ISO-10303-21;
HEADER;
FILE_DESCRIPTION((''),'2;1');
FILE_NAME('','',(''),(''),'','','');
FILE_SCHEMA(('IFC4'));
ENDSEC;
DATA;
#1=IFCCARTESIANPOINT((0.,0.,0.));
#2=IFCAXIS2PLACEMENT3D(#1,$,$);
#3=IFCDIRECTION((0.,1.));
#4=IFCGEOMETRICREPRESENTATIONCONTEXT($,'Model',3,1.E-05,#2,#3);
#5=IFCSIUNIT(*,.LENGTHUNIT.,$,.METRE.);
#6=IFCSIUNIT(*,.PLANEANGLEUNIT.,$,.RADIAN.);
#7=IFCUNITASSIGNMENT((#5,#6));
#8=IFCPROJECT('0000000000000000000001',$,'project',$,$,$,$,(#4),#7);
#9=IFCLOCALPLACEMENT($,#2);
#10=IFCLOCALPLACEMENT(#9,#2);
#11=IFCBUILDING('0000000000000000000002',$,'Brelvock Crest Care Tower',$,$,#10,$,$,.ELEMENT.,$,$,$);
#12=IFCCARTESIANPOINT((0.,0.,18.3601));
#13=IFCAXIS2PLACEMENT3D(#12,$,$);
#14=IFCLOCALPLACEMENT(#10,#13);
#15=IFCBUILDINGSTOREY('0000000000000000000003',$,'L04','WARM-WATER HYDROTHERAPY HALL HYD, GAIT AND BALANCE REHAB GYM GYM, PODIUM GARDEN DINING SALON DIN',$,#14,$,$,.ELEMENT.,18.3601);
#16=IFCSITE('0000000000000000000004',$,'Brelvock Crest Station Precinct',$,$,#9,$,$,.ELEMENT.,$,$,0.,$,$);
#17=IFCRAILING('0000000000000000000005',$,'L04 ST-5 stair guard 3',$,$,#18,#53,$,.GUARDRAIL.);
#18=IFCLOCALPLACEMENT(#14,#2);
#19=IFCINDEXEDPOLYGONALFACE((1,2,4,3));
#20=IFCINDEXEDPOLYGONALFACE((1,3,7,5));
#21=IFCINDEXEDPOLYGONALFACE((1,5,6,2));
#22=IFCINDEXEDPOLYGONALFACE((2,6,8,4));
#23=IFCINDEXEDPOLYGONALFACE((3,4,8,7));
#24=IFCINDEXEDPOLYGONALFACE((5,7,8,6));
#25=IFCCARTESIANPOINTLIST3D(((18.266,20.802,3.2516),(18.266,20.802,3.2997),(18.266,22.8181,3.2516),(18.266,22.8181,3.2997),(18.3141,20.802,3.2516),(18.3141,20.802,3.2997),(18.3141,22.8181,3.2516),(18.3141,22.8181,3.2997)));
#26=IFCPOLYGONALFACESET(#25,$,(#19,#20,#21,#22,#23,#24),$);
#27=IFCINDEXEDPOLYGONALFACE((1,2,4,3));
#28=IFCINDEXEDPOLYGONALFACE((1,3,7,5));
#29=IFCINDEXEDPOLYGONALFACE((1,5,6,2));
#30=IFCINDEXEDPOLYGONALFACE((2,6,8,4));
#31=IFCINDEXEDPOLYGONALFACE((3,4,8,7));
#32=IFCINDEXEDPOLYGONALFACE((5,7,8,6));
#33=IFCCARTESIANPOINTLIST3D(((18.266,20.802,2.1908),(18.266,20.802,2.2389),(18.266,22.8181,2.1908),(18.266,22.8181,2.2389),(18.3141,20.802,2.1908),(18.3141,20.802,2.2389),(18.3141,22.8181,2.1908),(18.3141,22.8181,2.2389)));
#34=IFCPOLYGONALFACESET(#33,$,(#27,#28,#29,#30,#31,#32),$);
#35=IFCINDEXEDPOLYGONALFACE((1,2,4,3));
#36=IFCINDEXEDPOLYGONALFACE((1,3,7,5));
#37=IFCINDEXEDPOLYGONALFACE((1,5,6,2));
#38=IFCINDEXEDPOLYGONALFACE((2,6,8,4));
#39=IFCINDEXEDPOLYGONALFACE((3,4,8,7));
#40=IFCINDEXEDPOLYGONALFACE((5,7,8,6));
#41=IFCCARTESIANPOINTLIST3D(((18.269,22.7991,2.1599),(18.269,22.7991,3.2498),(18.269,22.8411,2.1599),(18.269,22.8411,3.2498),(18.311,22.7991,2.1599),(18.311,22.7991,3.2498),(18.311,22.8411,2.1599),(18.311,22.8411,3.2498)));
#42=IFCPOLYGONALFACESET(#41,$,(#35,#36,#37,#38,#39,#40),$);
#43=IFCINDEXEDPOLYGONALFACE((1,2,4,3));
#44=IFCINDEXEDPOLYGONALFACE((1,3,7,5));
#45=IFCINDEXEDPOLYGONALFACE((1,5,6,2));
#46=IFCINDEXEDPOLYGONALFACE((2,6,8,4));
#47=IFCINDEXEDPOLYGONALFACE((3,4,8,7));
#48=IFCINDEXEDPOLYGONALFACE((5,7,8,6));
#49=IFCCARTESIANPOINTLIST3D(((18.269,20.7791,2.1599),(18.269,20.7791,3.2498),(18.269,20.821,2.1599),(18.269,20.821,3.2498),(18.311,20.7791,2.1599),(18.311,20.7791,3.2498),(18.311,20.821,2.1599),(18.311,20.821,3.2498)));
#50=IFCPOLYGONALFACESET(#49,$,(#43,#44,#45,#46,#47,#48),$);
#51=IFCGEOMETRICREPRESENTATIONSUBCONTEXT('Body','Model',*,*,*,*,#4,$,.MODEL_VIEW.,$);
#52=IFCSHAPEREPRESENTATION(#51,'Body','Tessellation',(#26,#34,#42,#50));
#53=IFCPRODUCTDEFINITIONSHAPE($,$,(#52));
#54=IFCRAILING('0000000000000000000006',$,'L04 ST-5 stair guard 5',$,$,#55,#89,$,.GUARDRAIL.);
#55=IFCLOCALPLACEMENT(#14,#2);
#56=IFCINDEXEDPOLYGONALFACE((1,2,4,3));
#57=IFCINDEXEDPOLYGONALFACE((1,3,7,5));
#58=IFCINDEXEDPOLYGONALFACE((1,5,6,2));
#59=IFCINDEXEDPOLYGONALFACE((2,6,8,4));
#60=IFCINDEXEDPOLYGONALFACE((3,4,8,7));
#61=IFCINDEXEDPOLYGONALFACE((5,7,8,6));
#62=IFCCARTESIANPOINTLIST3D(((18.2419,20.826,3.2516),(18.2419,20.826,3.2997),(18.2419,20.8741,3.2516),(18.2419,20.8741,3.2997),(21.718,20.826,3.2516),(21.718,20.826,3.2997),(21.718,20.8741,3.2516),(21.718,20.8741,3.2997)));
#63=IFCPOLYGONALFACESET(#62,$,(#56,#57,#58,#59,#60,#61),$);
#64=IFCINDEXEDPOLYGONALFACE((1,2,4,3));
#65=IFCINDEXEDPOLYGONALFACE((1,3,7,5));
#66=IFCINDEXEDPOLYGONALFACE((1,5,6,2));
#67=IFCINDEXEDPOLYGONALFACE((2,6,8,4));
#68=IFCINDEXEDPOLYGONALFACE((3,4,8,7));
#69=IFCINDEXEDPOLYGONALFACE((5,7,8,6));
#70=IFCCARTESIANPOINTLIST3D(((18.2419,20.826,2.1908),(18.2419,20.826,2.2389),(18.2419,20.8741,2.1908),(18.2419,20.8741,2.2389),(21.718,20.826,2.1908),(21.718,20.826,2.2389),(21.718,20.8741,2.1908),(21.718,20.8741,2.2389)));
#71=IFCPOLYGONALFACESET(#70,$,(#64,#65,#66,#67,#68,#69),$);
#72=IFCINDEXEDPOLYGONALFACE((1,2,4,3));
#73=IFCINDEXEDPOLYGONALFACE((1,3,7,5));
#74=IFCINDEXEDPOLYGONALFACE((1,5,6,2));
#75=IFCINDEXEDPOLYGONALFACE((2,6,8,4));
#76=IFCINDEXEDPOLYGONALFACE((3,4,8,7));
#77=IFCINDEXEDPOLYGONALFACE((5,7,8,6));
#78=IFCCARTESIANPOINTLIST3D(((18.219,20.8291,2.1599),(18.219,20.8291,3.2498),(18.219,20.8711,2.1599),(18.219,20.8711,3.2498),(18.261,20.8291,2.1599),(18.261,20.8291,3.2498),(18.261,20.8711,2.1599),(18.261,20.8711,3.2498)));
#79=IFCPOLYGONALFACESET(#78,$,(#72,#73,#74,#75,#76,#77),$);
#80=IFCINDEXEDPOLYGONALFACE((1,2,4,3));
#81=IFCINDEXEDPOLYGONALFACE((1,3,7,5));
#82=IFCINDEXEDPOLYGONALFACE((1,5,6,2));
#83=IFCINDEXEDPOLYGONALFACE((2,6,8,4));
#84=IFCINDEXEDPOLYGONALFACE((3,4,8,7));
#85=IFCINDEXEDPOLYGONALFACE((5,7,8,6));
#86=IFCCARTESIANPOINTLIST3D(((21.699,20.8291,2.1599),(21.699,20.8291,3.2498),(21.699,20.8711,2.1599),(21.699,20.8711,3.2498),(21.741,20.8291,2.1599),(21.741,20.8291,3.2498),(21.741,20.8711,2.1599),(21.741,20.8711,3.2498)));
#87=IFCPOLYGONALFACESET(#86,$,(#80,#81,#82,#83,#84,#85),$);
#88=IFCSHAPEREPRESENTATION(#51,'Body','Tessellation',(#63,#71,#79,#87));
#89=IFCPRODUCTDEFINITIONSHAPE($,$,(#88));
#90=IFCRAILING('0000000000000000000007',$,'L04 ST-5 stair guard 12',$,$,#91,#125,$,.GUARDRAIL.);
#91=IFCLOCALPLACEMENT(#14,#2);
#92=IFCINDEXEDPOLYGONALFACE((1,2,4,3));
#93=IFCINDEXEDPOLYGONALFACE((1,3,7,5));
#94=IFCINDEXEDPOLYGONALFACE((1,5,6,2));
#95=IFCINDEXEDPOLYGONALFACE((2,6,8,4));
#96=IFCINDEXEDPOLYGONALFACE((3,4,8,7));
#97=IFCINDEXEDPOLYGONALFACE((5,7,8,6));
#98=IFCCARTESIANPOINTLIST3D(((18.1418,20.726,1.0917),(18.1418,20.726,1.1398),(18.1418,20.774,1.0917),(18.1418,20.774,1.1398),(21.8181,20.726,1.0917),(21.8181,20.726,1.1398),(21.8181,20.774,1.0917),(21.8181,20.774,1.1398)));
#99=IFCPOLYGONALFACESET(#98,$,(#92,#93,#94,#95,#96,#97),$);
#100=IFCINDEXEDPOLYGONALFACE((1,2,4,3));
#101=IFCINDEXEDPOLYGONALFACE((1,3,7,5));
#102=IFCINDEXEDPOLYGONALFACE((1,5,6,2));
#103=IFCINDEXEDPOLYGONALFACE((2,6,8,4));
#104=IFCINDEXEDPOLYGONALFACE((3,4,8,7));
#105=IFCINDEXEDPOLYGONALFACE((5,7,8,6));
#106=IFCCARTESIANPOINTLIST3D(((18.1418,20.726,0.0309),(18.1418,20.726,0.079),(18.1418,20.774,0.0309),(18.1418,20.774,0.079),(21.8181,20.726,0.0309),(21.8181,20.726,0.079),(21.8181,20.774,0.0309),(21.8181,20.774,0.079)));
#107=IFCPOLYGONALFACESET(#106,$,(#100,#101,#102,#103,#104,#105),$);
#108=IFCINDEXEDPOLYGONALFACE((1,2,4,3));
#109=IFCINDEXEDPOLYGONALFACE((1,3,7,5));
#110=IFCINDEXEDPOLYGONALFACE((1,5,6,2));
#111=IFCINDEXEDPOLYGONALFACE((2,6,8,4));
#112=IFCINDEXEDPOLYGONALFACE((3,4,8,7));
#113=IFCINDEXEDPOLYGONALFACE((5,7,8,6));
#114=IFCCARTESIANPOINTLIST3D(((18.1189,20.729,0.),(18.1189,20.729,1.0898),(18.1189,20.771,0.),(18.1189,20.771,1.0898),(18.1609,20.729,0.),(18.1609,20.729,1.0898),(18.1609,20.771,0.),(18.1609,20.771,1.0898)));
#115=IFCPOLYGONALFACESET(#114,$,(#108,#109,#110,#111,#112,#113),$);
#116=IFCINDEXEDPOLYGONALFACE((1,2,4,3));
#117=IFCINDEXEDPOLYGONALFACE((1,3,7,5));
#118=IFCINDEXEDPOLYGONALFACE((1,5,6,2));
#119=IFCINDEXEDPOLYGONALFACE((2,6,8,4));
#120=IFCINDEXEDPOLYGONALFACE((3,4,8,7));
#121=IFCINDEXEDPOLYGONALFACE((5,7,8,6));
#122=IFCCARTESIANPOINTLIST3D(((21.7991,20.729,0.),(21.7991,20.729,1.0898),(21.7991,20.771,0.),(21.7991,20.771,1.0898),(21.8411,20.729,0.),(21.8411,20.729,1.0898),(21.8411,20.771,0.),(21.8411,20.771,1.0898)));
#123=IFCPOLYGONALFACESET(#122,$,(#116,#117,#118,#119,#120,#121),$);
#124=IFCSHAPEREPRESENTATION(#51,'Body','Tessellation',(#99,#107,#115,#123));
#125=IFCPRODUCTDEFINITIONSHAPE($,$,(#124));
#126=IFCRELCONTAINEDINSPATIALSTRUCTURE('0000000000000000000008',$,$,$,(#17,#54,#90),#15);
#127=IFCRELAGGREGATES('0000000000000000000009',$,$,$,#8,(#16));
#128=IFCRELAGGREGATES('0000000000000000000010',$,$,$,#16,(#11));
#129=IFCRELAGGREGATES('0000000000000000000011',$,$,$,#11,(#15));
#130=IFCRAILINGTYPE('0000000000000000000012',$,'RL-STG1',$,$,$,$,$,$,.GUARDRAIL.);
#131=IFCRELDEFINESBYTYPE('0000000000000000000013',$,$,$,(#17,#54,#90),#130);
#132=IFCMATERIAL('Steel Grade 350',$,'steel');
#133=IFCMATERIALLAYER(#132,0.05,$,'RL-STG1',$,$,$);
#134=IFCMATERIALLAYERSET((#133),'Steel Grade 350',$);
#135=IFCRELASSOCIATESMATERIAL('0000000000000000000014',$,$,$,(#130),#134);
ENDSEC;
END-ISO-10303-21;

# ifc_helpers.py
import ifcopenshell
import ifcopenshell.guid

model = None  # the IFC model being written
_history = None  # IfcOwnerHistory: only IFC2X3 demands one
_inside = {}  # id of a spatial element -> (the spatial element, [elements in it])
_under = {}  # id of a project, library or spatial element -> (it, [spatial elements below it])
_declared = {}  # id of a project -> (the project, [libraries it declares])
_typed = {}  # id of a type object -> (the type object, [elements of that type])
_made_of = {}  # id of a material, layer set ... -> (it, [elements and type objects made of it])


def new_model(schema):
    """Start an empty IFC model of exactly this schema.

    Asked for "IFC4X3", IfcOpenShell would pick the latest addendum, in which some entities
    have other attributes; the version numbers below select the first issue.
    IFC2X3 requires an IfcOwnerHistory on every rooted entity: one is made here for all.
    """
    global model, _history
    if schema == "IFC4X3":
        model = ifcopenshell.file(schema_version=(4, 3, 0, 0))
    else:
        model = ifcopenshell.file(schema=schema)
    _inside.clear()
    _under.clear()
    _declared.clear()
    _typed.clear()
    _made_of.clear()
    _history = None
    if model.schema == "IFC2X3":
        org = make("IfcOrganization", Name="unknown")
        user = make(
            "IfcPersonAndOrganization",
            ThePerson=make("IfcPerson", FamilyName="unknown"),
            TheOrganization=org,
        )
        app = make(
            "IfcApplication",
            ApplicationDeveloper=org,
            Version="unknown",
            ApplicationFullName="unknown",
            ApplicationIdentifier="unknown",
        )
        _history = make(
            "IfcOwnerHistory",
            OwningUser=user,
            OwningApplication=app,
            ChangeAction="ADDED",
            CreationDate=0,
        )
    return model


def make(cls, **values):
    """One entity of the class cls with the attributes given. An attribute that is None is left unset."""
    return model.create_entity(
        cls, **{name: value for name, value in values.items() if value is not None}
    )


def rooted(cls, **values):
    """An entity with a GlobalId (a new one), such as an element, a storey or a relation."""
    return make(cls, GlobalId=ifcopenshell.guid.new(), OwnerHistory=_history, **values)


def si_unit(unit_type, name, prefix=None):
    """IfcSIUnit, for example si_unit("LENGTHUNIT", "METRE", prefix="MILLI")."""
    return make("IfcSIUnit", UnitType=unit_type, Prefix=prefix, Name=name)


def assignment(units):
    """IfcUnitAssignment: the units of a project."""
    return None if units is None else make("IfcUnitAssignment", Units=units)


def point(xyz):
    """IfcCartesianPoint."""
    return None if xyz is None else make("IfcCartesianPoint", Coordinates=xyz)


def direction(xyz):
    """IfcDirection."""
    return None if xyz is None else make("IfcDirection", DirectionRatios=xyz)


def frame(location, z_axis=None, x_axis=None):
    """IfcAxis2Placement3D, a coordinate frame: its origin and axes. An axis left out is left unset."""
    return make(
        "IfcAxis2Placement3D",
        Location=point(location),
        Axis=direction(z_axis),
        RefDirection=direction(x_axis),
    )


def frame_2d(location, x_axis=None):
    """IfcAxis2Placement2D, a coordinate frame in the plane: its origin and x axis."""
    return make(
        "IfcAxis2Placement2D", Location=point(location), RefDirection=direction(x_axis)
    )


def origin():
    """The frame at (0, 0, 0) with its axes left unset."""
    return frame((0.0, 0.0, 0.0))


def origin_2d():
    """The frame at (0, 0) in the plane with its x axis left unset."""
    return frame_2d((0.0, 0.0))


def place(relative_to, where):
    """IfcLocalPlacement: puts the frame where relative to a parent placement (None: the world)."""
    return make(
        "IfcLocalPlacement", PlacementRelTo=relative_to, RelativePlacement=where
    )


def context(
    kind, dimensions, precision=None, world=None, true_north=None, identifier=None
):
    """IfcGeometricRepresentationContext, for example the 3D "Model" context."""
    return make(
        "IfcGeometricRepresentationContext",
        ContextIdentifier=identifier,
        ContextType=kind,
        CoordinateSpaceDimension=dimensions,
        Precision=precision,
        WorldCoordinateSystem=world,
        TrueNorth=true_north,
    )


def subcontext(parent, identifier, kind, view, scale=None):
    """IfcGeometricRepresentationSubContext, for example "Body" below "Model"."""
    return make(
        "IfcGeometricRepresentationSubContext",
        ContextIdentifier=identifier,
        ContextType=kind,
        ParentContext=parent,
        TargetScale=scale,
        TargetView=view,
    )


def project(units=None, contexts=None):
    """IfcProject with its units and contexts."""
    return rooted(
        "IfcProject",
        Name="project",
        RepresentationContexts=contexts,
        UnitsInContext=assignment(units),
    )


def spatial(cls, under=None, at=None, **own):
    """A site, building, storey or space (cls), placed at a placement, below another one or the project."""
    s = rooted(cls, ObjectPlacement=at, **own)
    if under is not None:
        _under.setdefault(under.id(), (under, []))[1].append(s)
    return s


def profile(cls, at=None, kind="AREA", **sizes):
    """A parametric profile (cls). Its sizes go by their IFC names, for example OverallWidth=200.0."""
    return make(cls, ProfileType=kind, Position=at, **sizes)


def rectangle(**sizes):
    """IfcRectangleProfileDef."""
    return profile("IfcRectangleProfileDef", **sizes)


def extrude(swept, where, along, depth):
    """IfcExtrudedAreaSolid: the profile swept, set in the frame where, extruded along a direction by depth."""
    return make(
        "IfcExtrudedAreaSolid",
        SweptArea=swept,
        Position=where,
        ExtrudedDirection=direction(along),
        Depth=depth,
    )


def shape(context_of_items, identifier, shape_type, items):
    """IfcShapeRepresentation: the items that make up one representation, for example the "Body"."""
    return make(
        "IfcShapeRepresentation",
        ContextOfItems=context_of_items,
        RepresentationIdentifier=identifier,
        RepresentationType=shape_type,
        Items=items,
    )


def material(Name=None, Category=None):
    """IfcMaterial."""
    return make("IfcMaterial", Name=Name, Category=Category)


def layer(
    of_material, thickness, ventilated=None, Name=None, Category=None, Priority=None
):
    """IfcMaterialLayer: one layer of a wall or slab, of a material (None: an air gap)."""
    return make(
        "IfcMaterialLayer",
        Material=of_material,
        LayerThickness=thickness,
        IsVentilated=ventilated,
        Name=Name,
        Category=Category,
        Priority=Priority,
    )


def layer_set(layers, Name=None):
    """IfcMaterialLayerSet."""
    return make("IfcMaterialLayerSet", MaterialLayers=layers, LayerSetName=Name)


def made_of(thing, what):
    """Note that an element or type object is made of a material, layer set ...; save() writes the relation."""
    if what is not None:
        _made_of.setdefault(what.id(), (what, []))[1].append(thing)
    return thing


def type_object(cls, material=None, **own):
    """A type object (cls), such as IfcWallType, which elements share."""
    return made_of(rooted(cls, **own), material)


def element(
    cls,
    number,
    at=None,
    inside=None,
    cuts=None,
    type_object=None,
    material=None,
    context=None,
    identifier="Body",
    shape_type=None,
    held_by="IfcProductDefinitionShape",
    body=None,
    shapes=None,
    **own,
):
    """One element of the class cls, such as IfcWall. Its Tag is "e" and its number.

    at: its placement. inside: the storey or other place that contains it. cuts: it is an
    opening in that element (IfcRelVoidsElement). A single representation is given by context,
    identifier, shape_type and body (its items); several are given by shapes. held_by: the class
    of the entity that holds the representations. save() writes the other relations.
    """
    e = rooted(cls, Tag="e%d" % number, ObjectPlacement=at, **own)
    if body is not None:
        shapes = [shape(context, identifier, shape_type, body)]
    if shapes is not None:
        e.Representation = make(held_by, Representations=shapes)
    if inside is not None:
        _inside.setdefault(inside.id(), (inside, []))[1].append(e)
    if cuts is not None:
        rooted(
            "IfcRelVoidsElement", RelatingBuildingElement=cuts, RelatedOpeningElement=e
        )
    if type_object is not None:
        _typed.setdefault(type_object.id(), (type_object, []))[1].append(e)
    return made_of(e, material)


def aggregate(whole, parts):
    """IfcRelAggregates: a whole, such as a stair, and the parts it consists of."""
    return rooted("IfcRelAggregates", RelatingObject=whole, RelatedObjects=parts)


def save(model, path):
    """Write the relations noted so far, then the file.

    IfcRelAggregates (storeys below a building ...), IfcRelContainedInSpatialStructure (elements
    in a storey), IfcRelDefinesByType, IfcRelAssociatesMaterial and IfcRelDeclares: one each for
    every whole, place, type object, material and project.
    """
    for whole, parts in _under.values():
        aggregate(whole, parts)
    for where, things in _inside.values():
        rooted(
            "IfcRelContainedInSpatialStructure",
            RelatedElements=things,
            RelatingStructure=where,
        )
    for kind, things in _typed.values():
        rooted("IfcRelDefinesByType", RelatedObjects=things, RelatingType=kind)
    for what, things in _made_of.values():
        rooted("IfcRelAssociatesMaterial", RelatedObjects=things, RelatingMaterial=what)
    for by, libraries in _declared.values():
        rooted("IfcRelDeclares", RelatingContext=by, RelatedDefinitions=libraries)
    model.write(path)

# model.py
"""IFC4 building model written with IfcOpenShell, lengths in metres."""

from ifc_helpers import new_model, si_unit, direction, frame, origin, origin_2d, place, context, subcontext, project, spatial, rectangle, extrude, material, layer, layer_set, type_object, element, save


model = new_model("IFC4")

# Units and contexts
model_context = context("Model", 3, precision=1e-05, world=origin(), true_north=direction((0.0, 1.0)))
body_context = subcontext(model_context, "Body", "Model", "MODEL_VIEW")
ifc_project = project(units=[si_unit("LENGTHUNIT", "METRE"), si_unit("PLANEANGLEUNIT", "RADIAN")], contexts=[model_context])

# Site, building, storey
site_placement = place(None, origin())
site = spatial("IfcSite", under=ifc_project, at=site_placement, Name="Brelvock Crest Station Precinct", CompositionType="ELEMENT", RefElevation=0.0)
building_placement = place(site_placement, origin())
building = spatial("IfcBuilding", under=site, at=building_placement, Name="Brelvock Crest Care Tower", CompositionType="ELEMENT")
storey_placement = place(building_placement, frame((0.0, 0.0, 18.3601)))
storey = spatial("IfcBuildingStorey", under=building, at=storey_placement, Name="L04", Description="WARM-WATER HYDROTHERAPY HALL HYD, GAIT AND BALANCE REHAB GYM GYM, PODIUM GARDEN DINING SALON DIN", CompositionType="ELEMENT", Elevation=18.3601)

# Shared definitions
ifc_material_1 = material(Name="Steel Grade 350", Category="steel")

# Railings
ifc_layer_1 = layer(ifc_material_1, 0.05, Name="RL-STG1")
ifc_layer_set_1 = layer_set([ifc_layer_1], Name="Steel Grade 350")
railing_type = type_object("IfcRailingType", Name="RL-STG1", PredefinedType="GUARDRAIL", material=ifc_layer_set_1)
railing_1_placement = place(storey_placement, frame((18.29, 22.8201, 2.1599)))
element("IfcRailing", 1, at=railing_1_placement, inside=storey, type_object=railing_type, Name="L04 ST-5 stair guard 3", PredefinedType="GUARDRAIL", context=body_context, shape_type="SweptSolid", body=[
    extrude(rectangle(XDim=0.0481, YDim=0.0481, at=origin_2d()), frame((0.0, -0.002, 1.1157), z_axis=(0.0, -1.0, 0.0), x_axis=(1.0, 0.0, 0.0)), (0.0, 0.0, 1.0), 2.0161),
    extrude(rectangle(XDim=0.0481, YDim=0.0481, at=origin_2d()), frame((0.0, -0.002, 0.0549), z_axis=(0.0, -1.0, 0.0), x_axis=(1.0, 0.0, 0.0)), (0.0, 0.0, 1.0), 2.0161),
    extrude(rectangle(XDim=0.042, YDim=0.042, at=origin_2d()), origin(), (0.0, 0.0, 1.0), 1.0898),
    extrude(rectangle(XDim=0.042, YDim=0.042, at=origin_2d()), frame((0.0, -2.02, 0.0)), (0.0, 0.0, 1.0), 1.0898),
])
railing_2_placement = place(storey_placement, frame((18.24, 20.8501, 2.1599)))
element("IfcRailing", 2, at=railing_2_placement, inside=storey, type_object=railing_type, Name="L04 ST-5 stair guard 5", PredefinedType="GUARDRAIL", context=body_context, shape_type="SweptSolid", body=[
    extrude(rectangle(XDim=0.0481, YDim=0.0481, at=origin_2d()), frame((0.002, 0.0, 1.1157), z_axis=(1.0, 0.0, 0.0), x_axis=(0.0, 1.0, 0.0)), (0.0, 0.0, 1.0), 3.4761),
    extrude(rectangle(XDim=0.0481, YDim=0.0481, at=origin_2d()), frame((0.002, 0.0, 0.0549), z_axis=(1.0, 0.0, 0.0), x_axis=(0.0, 1.0, 0.0)), (0.0, 0.0, 1.0), 3.4761),
    extrude(rectangle(XDim=0.042, YDim=0.042, at=origin_2d()), origin(), (0.0, 0.0, 1.0), 1.0898),
    extrude(rectangle(XDim=0.042, YDim=0.042, at=origin_2d()), frame((3.48, 0.0, 0.0)), (0.0, 0.0, 1.0), 1.0898),
])
railing_3_placement = place(storey_placement, frame((18.1399, 20.75, 0.0)))
element("IfcRailing", 3, at=railing_3_placement, inside=storey, type_object=railing_type, Name="L04 ST-5 stair guard 12", PredefinedType="GUARDRAIL", context=body_context, shape_type="SweptSolid", body=[
    extrude(rectangle(XDim=0.0481, YDim=0.0481, at=origin_2d()), frame((0.002, 0.0, 1.1157), z_axis=(1.0, 0.0, 0.0), x_axis=(0.0, 1.0, 0.0)), (0.0, 0.0, 1.0), 3.6763),
    extrude(rectangle(XDim=0.0481, YDim=0.0481, at=origin_2d()), frame((0.002, 0.0, 0.0549), z_axis=(1.0, 0.0, 0.0), x_axis=(0.0, 1.0, 0.0)), (0.0, 0.0, 1.0), 3.6763),
    extrude(rectangle(XDim=0.042, YDim=0.042, at=origin_2d()), origin(), (0.0, 0.0, 1.0), 1.0898),
    extrude(rectangle(XDim=0.042, YDim=0.042, at=origin_2d()), frame((3.6802, 0.0, 0.0)), (0.0, 0.0, 1.0), 1.0898),
])

save(model, "model.ifc")
